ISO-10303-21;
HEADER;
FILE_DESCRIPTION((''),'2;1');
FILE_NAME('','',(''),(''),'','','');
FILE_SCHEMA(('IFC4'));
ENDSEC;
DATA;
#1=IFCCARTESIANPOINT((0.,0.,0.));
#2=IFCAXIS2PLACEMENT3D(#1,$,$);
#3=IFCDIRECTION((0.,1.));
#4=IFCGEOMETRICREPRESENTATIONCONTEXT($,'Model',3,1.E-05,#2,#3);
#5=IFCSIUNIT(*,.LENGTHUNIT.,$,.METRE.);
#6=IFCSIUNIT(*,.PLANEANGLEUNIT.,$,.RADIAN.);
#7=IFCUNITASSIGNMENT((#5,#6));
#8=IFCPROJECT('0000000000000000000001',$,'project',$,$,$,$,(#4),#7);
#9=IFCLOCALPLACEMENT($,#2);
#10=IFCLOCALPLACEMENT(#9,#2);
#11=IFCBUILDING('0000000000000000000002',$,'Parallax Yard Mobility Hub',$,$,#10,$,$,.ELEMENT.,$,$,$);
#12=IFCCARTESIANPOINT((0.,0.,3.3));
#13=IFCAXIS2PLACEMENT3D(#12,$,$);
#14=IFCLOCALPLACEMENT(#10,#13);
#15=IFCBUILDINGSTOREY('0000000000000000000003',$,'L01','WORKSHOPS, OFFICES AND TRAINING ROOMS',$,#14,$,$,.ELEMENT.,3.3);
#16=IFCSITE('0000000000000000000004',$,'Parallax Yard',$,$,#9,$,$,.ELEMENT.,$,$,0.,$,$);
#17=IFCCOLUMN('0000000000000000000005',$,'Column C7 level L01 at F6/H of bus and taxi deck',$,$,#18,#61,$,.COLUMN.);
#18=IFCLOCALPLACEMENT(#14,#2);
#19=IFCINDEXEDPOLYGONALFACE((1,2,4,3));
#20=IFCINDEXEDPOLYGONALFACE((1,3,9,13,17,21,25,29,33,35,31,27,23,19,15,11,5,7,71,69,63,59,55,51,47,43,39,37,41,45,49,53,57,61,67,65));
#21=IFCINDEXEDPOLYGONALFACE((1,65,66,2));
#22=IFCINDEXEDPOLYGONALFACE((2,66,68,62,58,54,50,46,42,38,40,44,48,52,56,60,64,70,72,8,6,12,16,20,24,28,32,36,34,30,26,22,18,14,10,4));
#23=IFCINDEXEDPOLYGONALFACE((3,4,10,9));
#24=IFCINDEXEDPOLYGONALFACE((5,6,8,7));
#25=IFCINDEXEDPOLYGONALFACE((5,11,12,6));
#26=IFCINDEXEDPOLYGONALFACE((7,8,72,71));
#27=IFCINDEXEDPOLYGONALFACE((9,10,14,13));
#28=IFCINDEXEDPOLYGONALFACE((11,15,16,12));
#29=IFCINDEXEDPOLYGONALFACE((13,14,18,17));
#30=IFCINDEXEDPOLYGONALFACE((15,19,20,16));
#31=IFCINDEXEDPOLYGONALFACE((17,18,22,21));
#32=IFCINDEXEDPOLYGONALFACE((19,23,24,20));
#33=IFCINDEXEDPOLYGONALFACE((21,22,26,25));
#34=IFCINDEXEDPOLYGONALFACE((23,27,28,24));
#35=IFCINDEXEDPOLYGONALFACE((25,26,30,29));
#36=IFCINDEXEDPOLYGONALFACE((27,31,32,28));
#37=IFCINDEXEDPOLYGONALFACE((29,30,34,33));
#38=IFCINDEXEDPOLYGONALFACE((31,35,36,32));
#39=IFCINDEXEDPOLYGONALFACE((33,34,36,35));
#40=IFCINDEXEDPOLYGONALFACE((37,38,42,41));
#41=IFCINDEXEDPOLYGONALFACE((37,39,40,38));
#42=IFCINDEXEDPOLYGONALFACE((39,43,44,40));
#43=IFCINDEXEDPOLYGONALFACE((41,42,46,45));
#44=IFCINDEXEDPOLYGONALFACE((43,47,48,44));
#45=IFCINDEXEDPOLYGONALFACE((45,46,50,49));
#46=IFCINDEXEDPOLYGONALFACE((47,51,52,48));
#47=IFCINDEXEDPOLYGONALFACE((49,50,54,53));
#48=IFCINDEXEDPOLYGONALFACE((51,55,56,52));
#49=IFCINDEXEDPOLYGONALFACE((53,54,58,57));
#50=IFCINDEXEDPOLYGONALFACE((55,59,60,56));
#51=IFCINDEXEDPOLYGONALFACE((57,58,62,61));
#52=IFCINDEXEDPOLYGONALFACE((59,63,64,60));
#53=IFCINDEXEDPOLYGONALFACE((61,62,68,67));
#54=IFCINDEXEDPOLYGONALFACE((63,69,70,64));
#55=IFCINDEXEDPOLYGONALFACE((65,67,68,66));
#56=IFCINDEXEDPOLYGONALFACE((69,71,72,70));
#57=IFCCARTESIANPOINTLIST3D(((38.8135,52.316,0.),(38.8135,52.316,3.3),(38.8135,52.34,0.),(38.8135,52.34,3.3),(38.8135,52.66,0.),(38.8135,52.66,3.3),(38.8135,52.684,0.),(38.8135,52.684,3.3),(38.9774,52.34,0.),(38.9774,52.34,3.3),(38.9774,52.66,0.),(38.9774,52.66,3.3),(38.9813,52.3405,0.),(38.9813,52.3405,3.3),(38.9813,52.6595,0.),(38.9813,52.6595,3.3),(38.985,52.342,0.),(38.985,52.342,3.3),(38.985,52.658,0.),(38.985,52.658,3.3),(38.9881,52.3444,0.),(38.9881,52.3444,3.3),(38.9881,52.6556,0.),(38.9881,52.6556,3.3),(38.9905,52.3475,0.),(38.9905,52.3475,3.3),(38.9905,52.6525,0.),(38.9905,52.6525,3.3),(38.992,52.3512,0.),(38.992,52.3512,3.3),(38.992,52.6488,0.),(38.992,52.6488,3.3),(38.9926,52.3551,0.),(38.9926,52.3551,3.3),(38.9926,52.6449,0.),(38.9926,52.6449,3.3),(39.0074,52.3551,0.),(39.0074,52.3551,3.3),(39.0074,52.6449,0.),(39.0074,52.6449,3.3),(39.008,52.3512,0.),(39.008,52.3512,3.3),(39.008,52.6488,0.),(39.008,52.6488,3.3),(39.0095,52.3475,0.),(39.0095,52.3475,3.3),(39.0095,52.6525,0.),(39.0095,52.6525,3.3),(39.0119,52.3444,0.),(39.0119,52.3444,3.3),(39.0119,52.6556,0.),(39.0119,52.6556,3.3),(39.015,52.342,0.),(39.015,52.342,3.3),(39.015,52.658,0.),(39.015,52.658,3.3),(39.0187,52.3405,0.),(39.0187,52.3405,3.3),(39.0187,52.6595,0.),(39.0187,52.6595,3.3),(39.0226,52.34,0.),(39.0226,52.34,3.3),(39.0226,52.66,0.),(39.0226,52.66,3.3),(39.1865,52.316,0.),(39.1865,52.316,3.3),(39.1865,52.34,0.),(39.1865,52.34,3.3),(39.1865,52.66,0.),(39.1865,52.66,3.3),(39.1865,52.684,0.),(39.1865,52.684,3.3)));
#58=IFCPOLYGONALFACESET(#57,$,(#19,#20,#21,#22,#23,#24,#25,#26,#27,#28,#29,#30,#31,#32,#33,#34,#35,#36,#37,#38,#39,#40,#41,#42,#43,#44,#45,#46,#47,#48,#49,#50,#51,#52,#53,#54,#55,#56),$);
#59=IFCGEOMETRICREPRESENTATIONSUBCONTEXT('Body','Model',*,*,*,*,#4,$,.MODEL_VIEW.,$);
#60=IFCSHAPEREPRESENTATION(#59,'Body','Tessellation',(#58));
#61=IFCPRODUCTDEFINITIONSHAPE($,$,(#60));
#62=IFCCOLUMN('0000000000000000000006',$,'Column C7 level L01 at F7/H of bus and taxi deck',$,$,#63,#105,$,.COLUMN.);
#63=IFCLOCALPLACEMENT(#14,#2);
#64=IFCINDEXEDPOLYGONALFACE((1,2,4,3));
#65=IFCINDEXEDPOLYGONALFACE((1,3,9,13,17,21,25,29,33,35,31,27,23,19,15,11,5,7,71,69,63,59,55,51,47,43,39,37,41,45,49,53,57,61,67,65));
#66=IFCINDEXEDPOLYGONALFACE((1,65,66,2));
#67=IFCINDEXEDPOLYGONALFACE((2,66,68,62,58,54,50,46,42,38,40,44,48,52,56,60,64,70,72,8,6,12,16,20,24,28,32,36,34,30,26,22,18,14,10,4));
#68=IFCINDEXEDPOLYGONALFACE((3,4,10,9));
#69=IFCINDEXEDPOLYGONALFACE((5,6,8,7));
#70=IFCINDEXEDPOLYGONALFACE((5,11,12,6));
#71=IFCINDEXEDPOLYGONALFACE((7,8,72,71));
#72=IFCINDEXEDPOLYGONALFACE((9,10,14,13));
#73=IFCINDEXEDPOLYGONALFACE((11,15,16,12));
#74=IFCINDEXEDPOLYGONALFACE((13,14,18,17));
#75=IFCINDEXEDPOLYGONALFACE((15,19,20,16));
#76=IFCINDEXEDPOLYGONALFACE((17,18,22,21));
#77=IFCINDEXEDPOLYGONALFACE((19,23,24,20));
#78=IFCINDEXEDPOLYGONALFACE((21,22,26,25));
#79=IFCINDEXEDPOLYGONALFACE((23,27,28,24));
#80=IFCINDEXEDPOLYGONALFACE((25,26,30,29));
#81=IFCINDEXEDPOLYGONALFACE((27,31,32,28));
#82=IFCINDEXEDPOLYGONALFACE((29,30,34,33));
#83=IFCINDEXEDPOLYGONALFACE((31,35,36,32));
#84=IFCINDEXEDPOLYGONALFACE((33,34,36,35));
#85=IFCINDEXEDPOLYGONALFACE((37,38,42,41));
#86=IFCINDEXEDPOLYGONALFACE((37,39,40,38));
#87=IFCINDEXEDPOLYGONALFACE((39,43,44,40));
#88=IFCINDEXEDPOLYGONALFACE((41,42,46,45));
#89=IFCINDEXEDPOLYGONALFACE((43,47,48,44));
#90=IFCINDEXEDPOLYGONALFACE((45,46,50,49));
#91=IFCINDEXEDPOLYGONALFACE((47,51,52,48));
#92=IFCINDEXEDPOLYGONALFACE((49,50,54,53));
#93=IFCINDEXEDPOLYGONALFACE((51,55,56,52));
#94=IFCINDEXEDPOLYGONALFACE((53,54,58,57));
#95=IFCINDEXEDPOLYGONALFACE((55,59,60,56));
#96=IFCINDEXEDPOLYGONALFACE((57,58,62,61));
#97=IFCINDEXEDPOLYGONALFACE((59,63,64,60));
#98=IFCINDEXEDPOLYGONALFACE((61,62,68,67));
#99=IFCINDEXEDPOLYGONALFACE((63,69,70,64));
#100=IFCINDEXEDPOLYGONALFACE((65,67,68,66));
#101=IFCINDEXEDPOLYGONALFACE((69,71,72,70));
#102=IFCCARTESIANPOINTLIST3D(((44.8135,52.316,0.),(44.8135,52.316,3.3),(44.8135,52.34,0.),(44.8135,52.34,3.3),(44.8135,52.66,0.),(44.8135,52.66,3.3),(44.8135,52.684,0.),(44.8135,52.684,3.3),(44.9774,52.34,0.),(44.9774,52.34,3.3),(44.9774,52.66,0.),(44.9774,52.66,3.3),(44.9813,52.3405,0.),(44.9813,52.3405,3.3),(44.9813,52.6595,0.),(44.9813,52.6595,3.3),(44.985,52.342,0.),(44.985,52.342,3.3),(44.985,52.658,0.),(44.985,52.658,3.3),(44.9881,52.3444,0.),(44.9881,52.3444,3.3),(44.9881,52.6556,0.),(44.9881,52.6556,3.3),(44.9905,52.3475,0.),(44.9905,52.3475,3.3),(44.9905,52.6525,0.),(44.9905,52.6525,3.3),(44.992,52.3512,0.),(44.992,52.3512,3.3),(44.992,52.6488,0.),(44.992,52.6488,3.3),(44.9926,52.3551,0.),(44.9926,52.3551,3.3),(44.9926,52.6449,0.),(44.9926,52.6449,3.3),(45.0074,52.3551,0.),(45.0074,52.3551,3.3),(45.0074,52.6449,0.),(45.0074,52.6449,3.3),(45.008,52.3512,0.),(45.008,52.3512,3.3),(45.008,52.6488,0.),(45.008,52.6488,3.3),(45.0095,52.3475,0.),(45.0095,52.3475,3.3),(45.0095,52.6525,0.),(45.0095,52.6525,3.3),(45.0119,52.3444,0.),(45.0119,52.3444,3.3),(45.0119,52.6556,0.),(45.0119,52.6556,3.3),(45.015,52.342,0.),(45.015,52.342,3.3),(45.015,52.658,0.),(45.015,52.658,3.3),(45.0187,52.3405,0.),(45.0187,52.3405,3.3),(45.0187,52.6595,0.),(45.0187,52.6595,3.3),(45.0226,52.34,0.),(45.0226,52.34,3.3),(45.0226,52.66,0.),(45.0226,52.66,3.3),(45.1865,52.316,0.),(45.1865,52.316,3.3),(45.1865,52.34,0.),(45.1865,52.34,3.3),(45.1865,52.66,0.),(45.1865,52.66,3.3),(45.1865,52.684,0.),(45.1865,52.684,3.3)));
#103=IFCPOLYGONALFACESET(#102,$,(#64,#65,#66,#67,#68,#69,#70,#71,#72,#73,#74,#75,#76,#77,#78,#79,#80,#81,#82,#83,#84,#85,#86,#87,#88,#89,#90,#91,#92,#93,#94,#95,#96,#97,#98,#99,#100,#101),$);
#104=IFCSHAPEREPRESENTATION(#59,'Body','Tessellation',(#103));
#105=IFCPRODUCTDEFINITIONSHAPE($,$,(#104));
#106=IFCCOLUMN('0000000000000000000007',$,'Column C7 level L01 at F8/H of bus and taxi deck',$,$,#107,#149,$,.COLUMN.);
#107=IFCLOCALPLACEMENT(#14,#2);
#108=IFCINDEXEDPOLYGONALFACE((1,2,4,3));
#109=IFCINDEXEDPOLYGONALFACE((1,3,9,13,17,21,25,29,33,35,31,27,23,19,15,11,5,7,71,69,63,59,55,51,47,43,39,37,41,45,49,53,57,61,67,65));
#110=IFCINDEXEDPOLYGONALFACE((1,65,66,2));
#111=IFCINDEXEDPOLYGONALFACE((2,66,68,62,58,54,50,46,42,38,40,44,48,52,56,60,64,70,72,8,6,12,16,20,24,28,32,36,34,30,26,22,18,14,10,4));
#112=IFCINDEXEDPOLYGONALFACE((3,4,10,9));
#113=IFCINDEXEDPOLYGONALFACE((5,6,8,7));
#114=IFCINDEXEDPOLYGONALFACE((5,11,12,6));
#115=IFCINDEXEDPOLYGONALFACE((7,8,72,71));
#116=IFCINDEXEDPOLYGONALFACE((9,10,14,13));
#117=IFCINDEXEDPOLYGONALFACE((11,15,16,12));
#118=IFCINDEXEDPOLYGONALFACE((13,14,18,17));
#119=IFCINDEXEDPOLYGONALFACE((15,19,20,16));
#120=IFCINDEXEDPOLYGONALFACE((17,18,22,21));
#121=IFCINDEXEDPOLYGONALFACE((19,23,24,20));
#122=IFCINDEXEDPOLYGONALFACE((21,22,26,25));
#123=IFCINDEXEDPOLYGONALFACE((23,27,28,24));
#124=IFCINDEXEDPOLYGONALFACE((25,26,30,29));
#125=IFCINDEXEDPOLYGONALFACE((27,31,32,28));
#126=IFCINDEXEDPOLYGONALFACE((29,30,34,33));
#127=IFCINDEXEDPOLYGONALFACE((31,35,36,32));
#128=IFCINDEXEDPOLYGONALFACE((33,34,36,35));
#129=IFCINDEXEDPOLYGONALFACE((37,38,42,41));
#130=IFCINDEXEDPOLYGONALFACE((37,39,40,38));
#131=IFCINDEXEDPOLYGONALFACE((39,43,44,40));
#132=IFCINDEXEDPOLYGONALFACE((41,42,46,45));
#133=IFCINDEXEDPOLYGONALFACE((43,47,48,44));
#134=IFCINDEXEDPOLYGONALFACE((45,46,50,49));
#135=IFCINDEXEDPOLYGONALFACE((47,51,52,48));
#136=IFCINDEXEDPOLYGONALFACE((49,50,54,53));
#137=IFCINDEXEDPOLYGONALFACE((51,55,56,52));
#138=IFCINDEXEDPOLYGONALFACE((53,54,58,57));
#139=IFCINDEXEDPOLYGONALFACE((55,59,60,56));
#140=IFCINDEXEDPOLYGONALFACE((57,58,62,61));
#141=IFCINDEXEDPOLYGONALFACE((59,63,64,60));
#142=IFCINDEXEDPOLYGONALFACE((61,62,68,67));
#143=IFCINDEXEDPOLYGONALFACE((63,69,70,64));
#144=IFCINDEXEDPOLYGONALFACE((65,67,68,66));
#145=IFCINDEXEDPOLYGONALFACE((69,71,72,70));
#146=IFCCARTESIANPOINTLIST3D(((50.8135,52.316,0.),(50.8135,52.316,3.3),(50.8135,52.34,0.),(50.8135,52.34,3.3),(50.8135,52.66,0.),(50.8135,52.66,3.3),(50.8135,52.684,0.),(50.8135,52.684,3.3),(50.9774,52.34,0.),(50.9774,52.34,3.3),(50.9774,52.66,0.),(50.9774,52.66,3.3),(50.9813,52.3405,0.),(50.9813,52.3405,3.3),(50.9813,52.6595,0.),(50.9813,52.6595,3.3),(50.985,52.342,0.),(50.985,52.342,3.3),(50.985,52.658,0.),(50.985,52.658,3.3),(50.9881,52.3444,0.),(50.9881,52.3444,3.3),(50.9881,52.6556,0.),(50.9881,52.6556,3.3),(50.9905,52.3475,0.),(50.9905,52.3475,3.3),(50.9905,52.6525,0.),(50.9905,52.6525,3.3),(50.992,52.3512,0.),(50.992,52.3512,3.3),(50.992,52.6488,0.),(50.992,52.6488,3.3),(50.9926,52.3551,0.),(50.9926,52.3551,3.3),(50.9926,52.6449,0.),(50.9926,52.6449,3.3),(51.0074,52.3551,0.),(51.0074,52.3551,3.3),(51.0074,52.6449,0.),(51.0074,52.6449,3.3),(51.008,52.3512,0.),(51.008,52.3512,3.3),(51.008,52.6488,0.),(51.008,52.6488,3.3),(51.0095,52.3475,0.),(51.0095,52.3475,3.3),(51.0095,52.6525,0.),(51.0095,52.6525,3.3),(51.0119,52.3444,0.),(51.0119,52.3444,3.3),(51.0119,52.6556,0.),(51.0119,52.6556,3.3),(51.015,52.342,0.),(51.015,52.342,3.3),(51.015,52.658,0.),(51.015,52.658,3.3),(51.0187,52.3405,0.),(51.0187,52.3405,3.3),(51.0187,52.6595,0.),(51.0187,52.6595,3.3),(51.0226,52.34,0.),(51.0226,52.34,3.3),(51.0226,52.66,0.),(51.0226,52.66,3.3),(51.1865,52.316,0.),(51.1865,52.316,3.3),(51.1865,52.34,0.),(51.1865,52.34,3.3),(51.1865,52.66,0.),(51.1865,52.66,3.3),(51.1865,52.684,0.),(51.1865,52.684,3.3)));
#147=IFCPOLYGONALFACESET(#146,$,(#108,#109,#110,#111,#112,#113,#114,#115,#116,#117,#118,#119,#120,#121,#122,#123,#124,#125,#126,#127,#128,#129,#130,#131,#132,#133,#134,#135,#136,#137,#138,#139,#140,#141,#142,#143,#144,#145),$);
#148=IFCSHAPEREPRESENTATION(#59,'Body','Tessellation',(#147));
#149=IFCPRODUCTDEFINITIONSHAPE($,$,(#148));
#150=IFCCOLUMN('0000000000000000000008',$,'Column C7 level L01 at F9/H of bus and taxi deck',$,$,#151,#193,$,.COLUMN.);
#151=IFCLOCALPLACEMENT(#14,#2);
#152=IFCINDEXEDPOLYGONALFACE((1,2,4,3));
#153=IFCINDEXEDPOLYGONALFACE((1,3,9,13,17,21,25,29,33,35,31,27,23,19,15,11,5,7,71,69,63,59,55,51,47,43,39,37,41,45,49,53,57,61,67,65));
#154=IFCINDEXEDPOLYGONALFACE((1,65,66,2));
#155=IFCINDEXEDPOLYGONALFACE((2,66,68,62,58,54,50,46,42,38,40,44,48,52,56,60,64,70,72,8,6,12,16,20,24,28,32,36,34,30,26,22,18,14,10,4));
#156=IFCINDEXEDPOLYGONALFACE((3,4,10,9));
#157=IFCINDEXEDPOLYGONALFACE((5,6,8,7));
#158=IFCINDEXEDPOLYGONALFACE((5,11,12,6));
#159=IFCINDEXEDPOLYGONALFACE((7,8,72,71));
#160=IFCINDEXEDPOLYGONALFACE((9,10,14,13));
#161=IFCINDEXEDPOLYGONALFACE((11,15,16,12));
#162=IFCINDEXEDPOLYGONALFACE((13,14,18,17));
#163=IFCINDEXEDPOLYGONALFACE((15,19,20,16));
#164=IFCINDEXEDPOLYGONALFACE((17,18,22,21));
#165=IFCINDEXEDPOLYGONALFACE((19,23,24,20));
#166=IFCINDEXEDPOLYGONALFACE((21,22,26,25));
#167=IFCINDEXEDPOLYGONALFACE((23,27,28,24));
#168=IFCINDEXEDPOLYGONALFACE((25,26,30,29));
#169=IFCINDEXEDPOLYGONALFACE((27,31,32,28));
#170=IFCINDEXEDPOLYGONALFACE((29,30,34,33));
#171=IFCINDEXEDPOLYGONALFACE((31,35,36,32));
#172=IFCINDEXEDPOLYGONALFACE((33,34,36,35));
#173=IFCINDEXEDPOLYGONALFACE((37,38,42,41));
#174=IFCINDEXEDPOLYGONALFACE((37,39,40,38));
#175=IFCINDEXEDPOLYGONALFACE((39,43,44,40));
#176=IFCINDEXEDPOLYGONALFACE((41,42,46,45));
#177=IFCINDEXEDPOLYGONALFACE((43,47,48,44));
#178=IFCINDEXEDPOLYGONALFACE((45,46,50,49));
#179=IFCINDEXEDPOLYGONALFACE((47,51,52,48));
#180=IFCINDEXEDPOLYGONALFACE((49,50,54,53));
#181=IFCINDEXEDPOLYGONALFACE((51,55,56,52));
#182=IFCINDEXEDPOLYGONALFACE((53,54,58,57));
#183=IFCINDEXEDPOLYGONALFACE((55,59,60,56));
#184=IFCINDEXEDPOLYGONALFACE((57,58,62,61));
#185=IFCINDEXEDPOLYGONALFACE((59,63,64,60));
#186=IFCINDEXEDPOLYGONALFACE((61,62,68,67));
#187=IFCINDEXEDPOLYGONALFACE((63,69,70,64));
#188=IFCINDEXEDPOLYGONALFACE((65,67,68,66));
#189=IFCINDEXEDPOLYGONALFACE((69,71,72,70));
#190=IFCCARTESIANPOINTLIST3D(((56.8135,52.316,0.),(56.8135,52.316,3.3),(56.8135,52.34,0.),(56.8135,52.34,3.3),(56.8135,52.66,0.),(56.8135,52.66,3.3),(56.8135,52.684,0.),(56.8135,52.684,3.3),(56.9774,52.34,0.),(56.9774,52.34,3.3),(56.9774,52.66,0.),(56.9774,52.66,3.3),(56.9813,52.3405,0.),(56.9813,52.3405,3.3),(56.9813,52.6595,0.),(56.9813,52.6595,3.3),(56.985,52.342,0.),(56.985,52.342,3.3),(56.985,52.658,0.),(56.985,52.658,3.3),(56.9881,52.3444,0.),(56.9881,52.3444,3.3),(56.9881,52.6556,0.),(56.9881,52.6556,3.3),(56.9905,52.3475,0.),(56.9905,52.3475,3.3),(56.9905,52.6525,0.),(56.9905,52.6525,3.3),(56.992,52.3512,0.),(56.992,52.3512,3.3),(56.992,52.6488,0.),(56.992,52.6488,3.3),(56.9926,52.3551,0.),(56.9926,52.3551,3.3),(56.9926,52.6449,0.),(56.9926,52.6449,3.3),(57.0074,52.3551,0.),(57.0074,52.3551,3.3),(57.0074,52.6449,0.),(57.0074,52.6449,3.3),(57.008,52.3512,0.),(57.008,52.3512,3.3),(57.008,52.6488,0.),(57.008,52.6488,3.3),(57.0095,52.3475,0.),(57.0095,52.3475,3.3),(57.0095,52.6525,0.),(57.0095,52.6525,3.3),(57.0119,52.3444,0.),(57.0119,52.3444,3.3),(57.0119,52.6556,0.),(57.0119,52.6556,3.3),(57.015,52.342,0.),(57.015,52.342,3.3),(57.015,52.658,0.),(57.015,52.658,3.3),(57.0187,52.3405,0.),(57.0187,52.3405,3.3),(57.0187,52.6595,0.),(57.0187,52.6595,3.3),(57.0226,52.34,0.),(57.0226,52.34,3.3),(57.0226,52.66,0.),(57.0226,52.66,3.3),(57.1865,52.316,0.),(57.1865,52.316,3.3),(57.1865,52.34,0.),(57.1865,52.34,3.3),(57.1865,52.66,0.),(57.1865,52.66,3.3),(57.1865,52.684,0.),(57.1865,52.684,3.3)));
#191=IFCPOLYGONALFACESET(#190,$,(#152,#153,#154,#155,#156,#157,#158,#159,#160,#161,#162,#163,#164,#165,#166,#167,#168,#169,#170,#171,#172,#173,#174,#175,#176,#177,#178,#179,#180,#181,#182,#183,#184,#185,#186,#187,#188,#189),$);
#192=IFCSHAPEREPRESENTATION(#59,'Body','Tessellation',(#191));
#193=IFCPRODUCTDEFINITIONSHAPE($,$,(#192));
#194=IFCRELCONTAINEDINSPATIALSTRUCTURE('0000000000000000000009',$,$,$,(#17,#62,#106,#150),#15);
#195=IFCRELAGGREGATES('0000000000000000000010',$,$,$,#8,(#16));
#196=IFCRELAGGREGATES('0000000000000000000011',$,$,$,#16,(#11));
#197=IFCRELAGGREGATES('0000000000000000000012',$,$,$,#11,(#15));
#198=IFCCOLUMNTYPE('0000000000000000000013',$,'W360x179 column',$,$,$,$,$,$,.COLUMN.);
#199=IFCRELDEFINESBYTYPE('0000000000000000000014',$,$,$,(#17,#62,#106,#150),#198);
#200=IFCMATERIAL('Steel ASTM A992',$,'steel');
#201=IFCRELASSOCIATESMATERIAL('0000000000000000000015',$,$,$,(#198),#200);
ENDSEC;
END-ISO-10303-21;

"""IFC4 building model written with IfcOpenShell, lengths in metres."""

from ifc_helpers import new_model, si_unit, direction, frame, origin, origin_2d, place, context, subcontext, project, spatial, i_section, extrude, material, material_profile, profile_set, type_object, element, save


model = new_model("IFC4")

# Units and contexts
model_context = context("Model", 3, precision=1e-05, world=origin(), true_north=direction((0.0, 1.0)))
body_context = subcontext(model_context, "Body", "Model", "MODEL_VIEW")
ifc_project = project(units=[si_unit("LENGTHUNIT", "METRE"), si_unit("PLANEANGLEUNIT", "RADIAN")], contexts=[model_context])

# Site, building, storey
site_placement = place(None, origin())
site = spatial("IfcSite", under=ifc_project, at=site_placement, Name="Parallax Yard", CompositionType="ELEMENT", RefElevation=0.0)
building_placement = place(site_placement, origin())
building = spatial("IfcBuilding", under=site, at=building_placement, Name="Parallax Yard Mobility Hub", CompositionType="ELEMENT")
storey_placement = place(building_placement, frame((0.0, 0.0, 3.3)))
storey = spatial("IfcBuildingStorey", under=building, at=storey_placement, Name="L01", Description="WORKSHOPS, OFFICES AND TRAINING ROOMS", CompositionType="ELEMENT", Elevation=3.3)

# Columns
ifc_material_1 = material(Name="Steel ASTM A992", Category="steel")
ifc_material_profile = material_profile(ifc_material_1, i_section(OverallWidth=0.373, OverallDepth=0.3679, WebThickness=0.0149, FlangeThickness=0.0239, FilletRadius=0.0151, at=origin_2d()), Name="W360x179")
ifc_profile_set = profile_set([ifc_material_profile], Name="Steel ASTM A992")
column_type = type_object("IfcColumnType", Name="W360x179 column", PredefinedType="COLUMN", material=ifc_profile_set)
for number, where, z_axis, x_axis, name in (
    (1, (39.0, 52.5, 0.0), (0.0, 0.0, 1.0), (1.0, 0.0, 0.0), "Column C7 level L01 at F6/H of bus and taxi deck"),
    (2, (45.0, 52.5, 0.0), (0.0, 0.0, 1.0), (1.0, 0.0, 0.0), "Column C7 level L01 at F7/H of bus and taxi deck"),
    (3, (51.0, 52.5, 0.0), (0.0, 0.0, 1.0), (1.0, 0.0, 0.0), "Column C7 level L01 at F8/H of bus and taxi deck"),
    (4, (57.0, 52.5, 0.0), (0.0, 0.0, 1.0), (1.0, 0.0, 0.0), "Column C7 level L01 at F9/H of bus and taxi deck"),
):
    element("IfcColumn", number, at=place(storey_placement, frame(where, z_axis=z_axis, x_axis=x_axis)), inside=storey, type_object=column_type, Name=name, PredefinedType="COLUMN", context=body_context, shape_type="SweptSolid", body=[
        extrude(i_section(OverallWidth=0.373, OverallDepth=0.3679, WebThickness=0.0149, FlangeThickness=0.0239, FilletRadius=0.0151, at=origin_2d()), origin(), (0.0, 0.0, 1.0), 3.3),
    ])

save(model, "model.ifc")
